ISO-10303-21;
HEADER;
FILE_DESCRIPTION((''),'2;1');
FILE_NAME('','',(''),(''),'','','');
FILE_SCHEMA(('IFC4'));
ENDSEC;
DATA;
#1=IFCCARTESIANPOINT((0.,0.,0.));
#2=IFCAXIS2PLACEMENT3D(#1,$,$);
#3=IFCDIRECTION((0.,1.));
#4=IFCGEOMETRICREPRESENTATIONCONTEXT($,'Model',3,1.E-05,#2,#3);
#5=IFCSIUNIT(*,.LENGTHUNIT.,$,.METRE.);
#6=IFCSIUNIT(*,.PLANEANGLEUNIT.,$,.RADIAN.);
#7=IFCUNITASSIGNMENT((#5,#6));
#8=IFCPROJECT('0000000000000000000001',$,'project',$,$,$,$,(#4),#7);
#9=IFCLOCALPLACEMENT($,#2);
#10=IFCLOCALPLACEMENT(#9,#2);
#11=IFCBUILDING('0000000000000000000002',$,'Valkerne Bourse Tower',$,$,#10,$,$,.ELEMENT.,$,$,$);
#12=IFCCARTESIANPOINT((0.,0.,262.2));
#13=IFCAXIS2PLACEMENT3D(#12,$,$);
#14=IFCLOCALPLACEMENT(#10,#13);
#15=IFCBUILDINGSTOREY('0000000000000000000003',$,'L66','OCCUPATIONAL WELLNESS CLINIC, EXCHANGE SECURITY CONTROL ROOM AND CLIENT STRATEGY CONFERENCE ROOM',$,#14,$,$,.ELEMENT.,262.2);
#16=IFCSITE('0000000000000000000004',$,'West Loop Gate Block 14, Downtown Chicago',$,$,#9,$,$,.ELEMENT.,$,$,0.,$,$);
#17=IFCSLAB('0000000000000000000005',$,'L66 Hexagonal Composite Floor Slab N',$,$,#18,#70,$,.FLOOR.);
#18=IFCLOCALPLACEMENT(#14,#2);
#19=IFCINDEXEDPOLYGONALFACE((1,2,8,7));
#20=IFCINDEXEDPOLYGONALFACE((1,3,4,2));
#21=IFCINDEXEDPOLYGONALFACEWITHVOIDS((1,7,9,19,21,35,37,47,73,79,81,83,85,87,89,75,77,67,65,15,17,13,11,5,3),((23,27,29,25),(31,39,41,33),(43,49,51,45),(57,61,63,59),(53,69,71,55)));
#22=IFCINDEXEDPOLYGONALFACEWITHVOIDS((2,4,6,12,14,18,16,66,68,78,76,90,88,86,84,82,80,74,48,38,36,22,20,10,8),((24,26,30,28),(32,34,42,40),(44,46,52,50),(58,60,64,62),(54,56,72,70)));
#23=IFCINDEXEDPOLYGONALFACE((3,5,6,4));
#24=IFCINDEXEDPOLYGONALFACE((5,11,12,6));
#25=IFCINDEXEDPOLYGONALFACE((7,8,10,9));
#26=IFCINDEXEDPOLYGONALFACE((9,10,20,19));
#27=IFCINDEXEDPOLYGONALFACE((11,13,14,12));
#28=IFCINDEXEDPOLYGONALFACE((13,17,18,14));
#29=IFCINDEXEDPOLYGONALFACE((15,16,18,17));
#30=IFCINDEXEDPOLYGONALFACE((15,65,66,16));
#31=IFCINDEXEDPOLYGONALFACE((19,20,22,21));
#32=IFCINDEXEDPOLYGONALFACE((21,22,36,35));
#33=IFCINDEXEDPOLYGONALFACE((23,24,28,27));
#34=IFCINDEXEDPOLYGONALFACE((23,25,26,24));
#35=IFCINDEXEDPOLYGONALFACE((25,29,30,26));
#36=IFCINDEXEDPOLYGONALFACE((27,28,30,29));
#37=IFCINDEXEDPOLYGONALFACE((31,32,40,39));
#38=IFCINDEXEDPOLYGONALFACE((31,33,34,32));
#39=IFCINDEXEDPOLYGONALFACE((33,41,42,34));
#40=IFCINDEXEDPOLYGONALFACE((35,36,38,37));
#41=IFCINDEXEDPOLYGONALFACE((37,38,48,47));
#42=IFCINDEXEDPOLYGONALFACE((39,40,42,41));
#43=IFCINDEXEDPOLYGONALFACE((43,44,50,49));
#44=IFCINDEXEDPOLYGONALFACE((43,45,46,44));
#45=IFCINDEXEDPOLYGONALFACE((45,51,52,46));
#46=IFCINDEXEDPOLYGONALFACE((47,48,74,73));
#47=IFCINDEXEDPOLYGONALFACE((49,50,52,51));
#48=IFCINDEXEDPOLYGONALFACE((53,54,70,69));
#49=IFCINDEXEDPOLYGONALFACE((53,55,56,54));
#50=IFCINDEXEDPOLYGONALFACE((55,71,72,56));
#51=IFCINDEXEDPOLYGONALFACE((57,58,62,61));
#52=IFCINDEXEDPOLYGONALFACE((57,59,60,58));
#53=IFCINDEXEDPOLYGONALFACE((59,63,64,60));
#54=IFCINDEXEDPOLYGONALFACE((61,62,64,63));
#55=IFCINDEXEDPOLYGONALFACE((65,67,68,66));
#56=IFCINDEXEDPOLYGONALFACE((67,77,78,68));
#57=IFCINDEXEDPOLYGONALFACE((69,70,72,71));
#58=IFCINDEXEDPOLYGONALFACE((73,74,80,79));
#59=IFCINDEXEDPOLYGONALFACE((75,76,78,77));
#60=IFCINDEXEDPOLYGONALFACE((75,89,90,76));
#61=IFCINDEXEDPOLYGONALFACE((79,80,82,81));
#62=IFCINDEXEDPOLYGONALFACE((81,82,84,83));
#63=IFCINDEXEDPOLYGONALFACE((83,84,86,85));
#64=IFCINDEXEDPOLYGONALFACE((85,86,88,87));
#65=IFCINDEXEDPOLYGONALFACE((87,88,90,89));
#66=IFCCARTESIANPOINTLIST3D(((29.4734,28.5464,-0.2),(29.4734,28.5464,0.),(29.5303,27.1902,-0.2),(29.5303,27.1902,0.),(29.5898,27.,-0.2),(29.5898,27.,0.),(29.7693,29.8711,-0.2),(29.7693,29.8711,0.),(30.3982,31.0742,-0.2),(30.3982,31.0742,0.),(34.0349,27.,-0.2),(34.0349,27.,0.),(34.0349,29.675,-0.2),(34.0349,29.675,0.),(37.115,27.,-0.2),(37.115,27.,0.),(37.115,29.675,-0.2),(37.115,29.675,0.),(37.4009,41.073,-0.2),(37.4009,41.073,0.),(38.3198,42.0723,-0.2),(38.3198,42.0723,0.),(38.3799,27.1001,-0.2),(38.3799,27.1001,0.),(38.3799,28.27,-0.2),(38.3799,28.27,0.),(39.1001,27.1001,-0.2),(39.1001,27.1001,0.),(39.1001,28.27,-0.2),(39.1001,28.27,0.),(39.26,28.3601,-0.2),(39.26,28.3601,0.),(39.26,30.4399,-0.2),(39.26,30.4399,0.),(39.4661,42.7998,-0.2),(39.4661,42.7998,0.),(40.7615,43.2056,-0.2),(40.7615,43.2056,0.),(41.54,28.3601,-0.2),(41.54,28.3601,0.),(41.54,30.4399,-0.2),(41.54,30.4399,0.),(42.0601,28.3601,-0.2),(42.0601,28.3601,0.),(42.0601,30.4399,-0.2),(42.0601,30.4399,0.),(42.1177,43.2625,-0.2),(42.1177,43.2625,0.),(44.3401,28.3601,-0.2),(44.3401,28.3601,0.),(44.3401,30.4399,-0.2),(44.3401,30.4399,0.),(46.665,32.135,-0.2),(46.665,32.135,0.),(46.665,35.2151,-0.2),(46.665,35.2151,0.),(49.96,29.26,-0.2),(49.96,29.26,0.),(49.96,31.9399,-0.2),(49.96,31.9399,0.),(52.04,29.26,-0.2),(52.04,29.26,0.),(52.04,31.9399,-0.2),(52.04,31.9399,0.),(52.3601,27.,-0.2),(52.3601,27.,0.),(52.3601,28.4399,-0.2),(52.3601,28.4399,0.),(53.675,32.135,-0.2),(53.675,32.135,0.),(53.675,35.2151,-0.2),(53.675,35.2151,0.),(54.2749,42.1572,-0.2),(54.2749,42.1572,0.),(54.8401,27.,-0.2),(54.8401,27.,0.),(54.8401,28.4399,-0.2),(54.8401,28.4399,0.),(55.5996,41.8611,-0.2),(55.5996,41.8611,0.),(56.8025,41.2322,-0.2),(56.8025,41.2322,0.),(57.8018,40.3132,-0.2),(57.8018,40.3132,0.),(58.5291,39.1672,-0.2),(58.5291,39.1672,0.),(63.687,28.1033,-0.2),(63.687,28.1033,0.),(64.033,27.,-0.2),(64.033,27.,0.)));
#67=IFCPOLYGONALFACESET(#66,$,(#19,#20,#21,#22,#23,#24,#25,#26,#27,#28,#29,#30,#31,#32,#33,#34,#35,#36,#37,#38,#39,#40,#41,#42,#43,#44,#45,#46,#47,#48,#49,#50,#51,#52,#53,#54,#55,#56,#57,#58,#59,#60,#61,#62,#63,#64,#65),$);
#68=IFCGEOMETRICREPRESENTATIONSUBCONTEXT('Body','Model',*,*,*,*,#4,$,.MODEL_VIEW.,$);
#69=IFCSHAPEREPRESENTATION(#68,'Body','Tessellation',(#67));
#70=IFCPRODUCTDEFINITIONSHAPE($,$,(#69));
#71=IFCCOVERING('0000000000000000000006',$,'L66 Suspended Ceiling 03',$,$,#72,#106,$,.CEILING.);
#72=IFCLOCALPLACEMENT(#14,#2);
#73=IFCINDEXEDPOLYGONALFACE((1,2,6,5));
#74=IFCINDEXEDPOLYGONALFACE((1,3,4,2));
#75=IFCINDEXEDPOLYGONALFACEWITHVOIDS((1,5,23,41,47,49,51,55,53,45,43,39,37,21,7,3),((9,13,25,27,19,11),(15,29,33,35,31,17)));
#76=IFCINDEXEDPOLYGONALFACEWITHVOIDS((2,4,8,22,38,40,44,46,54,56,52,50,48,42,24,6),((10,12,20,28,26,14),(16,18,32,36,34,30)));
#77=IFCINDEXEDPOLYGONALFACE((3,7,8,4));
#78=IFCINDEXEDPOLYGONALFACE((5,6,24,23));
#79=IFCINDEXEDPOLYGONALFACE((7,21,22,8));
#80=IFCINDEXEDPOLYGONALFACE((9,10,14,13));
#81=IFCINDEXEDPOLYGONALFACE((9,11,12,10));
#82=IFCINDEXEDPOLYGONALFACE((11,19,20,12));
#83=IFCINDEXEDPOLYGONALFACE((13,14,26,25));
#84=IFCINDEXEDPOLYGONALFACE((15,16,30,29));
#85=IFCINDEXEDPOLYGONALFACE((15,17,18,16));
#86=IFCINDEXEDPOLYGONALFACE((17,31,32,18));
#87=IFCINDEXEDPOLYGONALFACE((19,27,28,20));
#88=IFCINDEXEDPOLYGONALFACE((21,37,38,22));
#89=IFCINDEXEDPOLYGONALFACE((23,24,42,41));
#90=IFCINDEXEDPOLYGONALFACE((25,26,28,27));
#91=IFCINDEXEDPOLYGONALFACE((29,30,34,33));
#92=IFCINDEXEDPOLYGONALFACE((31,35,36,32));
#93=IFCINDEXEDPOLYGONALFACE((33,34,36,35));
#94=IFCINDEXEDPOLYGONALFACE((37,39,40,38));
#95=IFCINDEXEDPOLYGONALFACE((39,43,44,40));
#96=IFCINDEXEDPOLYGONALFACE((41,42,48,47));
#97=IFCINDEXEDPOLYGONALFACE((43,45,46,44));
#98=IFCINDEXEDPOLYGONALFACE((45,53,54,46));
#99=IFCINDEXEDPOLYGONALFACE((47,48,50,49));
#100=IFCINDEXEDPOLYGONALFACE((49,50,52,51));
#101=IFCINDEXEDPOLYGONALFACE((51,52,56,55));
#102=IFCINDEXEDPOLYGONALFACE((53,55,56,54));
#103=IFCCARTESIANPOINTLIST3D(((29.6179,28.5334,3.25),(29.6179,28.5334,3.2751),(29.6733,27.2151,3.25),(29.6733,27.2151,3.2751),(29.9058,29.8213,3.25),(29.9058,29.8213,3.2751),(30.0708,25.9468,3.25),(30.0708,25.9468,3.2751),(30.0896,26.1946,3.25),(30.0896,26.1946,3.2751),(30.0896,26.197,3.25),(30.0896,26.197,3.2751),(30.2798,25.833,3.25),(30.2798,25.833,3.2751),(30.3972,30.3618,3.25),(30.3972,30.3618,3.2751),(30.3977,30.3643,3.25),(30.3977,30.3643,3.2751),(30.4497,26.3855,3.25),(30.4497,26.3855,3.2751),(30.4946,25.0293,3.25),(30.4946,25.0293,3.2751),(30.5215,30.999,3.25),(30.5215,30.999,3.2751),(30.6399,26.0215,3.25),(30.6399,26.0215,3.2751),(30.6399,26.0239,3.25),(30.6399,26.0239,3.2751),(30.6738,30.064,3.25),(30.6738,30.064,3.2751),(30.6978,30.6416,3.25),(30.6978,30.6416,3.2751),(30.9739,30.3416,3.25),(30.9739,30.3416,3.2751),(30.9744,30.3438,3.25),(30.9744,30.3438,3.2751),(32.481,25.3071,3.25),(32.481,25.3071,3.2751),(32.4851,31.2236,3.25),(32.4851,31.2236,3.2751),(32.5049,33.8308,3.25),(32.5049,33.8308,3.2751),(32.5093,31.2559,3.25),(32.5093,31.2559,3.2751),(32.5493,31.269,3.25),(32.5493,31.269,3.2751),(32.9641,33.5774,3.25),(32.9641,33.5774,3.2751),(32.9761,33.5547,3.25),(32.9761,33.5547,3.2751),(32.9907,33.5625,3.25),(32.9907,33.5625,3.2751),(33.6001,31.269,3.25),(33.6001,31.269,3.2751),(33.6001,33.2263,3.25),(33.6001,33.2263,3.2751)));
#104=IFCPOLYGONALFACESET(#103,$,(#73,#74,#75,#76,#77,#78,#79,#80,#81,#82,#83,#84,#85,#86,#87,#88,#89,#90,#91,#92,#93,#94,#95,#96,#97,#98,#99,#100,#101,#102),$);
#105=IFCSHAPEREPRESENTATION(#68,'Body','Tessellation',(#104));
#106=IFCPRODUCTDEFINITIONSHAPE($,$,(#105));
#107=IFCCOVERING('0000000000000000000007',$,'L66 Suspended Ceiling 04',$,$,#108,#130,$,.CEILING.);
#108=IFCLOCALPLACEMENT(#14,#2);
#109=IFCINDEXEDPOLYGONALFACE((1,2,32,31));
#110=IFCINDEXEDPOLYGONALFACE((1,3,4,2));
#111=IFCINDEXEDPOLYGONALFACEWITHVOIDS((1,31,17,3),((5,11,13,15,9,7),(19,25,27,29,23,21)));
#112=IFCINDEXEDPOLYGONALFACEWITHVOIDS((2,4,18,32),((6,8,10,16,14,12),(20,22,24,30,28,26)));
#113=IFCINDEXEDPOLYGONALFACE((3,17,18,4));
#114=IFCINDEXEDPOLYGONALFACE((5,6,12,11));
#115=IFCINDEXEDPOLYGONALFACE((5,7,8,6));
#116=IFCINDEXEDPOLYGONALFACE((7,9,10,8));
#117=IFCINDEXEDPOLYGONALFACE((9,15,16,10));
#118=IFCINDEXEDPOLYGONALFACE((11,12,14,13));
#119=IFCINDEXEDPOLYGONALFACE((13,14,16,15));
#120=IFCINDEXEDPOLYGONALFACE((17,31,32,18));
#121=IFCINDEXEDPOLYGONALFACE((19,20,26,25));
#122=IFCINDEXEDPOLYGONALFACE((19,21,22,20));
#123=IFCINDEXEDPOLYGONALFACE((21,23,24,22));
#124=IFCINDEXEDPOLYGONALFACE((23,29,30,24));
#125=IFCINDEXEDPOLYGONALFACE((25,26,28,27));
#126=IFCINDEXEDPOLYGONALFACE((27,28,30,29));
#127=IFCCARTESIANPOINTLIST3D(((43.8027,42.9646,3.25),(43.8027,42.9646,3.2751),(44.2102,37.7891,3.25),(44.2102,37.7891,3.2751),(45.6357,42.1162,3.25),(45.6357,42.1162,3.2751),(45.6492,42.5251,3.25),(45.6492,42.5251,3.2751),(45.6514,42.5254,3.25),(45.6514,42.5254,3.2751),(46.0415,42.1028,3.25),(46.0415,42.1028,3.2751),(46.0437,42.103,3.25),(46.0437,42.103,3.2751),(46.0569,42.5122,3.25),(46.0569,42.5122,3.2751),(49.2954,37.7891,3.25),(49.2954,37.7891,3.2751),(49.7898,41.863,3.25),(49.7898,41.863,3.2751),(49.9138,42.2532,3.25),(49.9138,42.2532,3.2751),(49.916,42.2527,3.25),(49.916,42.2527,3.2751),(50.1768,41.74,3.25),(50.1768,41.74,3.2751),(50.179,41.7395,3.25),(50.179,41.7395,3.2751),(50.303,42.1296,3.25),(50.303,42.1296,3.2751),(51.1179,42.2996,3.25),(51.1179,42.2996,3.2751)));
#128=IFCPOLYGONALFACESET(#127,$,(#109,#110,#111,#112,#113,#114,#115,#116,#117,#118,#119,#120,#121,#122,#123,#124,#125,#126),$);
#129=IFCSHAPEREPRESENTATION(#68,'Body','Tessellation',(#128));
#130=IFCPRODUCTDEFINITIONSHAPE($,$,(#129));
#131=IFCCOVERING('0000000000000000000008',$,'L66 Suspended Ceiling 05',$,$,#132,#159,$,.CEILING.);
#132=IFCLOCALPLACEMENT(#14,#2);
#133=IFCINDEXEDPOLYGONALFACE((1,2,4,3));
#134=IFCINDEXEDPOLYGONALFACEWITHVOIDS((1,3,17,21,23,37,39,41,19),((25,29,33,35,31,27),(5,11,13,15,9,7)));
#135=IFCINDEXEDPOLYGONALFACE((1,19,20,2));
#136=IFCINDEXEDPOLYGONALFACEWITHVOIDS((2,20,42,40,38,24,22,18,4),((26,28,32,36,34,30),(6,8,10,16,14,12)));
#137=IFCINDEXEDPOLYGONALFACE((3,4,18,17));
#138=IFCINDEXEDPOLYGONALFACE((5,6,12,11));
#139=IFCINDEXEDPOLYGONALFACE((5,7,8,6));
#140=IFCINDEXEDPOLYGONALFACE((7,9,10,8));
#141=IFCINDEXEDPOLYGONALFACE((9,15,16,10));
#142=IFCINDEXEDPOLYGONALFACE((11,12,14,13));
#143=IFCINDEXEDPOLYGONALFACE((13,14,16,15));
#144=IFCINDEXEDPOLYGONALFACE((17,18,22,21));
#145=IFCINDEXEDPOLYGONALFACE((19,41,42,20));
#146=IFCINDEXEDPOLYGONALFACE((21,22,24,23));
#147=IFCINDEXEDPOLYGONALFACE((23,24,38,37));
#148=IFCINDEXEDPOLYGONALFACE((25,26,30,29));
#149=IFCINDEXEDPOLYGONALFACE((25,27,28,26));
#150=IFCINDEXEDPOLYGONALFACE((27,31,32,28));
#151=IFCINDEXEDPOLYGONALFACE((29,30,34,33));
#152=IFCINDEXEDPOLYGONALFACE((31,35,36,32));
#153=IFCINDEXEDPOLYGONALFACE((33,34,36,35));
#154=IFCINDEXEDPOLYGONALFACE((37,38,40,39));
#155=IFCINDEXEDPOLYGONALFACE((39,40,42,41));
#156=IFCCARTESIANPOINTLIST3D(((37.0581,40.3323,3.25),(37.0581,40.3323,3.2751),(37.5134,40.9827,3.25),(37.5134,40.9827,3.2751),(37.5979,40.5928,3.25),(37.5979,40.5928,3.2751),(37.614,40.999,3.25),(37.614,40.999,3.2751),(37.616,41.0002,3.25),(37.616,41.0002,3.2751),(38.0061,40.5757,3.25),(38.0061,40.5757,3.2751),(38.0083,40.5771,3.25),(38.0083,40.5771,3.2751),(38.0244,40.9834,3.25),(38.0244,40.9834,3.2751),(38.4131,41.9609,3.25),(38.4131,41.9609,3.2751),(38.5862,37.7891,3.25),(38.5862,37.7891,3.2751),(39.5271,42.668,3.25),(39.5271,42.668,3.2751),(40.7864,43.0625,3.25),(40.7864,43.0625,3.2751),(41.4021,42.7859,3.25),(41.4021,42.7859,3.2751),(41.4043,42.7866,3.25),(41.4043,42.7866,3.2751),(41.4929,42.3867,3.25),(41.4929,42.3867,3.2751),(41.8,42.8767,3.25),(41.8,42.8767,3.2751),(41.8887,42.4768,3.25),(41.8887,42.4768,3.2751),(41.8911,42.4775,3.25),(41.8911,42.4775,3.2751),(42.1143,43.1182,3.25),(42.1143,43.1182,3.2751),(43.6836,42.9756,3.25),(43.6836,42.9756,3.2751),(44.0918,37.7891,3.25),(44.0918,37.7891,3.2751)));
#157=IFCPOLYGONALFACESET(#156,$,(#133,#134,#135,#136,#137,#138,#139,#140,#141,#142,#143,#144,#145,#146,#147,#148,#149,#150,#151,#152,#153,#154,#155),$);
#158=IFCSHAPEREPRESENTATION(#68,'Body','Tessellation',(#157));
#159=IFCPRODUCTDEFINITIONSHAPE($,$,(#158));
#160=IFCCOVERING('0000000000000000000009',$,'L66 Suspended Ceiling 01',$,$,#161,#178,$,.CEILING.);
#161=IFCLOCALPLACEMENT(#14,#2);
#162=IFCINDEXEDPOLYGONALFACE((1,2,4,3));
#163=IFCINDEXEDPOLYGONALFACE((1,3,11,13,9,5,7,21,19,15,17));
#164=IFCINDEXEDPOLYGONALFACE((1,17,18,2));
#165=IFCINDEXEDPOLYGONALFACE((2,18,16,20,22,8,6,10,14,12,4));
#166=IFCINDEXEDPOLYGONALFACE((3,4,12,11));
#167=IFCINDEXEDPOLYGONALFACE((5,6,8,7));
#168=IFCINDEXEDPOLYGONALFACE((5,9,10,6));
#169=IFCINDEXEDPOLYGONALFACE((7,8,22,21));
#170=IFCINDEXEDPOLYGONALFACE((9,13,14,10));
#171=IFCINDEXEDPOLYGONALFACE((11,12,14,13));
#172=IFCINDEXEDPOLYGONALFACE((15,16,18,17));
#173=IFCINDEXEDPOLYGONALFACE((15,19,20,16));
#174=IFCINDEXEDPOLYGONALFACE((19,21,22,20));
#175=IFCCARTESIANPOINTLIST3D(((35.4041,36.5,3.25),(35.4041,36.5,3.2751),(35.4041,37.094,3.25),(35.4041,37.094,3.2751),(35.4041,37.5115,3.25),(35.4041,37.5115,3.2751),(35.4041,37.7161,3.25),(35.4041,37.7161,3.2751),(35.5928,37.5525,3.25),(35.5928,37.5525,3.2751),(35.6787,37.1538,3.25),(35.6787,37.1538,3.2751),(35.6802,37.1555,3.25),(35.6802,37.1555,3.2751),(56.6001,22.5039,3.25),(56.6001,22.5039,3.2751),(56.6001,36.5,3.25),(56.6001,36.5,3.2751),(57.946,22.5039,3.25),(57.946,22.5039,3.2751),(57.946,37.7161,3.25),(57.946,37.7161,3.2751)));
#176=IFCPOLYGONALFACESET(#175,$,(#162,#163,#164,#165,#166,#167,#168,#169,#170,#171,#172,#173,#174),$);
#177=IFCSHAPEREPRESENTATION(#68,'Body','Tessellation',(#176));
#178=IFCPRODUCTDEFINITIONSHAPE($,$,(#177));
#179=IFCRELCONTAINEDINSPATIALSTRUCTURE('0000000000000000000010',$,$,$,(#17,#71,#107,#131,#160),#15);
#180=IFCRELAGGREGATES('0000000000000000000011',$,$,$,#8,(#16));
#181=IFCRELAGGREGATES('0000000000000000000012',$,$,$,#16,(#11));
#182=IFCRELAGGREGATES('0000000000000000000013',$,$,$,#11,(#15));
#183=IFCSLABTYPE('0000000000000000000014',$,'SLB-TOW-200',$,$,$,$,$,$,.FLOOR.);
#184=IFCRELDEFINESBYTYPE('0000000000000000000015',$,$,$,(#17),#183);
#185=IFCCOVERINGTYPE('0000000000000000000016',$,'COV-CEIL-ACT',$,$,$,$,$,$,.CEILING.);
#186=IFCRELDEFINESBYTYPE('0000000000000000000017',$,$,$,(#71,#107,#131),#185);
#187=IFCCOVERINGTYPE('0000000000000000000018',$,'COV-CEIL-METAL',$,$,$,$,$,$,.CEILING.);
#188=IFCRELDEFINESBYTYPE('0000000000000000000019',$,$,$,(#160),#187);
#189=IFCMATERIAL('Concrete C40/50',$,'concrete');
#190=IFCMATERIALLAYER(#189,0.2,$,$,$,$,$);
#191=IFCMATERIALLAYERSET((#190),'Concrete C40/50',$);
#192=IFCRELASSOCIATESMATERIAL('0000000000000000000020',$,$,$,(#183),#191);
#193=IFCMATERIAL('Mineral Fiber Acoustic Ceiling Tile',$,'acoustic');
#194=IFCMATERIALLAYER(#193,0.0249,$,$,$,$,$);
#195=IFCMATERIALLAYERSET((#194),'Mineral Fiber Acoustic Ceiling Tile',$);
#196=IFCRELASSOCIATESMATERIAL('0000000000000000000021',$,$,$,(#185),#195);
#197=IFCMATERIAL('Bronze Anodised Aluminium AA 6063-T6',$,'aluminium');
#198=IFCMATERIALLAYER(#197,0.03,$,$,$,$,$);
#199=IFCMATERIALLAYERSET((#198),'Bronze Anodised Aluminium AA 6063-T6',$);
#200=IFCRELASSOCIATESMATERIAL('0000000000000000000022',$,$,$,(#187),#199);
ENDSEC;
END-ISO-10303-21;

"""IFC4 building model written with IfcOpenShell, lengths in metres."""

from ifc_helpers import new_model, si_unit, direction, frame, origin, place, context, subcontext, project, spatial, polyline, outline, extrude, material, layer, layer_set, type_object, element, save


model = new_model("IFC4")

# Units and contexts
model_context = context("Model", 3, precision=1e-05, world=origin(), true_north=direction((0.0, 1.0)))
body_context = subcontext(model_context, "Body", "Model", "MODEL_VIEW")
ifc_project = project(units=[si_unit("LENGTHUNIT", "METRE"), si_unit("PLANEANGLEUNIT", "RADIAN")], contexts=[model_context])

# Site, building, storey
site_placement = place(None, origin())
site = spatial("IfcSite", under=ifc_project, at=site_placement, Name="West Loop Gate Block 14, Downtown Chicago", CompositionType="ELEMENT", RefElevation=0.0)
building_placement = place(site_placement, origin())
building = spatial("IfcBuilding", under=site, at=building_placement, Name="Valkerne Bourse Tower", CompositionType="ELEMENT")
storey_placement = place(building_placement, frame((0.0, 0.0, 262.2)))
storey = spatial("IfcBuildingStorey", under=building, at=storey_placement, Name="L66", Description="OCCUPATIONAL WELLNESS CLINIC, EXCHANGE SECURITY CONTROL ROOM AND CLIENT STRATEGY CONFERENCE ROOM", CompositionType="ELEMENT", Elevation=262.2)

# Shared definitions
ifc_material_1 = material(Name="Concrete C40/50", Category="concrete")

# Slab
ifc_layer_1 = layer(ifc_material_1, 0.2)
ifc_layer_set_1 = layer_set([ifc_layer_1], Name="Concrete C40/50")
slab_type_1 = type_object("IfcSlabType", Name="SLB-TOW-200", PredefinedType="FLOOR", material=ifc_layer_set_1)
slab_1_placement = place(storey_placement, frame((0.0, 0.0, -0.2)))
element("IfcSlab", 1, at=slab_1_placement, inside=storey, type_object=slab_type_1, Name="L66 Hexagonal Composite Floor Slab N", PredefinedType="FLOOR", context=body_context, shape_type="SweptSolid", body=[
    extrude(outline(polyline([(64.033, 27.0), (54.8401, 27.0), (54.8401, 28.4399), (52.3601, 28.4399), (52.3601, 27.0), (37.115, 27.0), (37.115, 29.675), (34.0349, 29.675), (34.0349, 27.0), (29.5898, 27.0), (29.5303, 27.1902), (29.4734, 28.5464), (29.7693, 29.8711), (30.3982, 31.0742), (37.4009, 41.073), (38.3198, 42.0723), (39.4661, 42.7998), (40.7615, 43.2056), (42.1177, 43.2625), (54.2749, 42.1572), (55.5996, 41.8611), (56.8025, 41.2322), (57.8018, 40.3132), (58.5291, 39.1672), (63.687, 28.1033), (64.033, 27.0)]), holes=[polyline([(39.1001, 28.27), (38.3799, 28.27), (38.3799, 27.1001), (39.1001, 27.1001), (39.1001, 28.27)]), polyline([(41.54, 30.4399), (39.26, 30.4399), (39.26, 28.3601), (41.54, 28.3601), (41.54, 30.4399)]), polyline([(42.0601, 30.4399), (42.0601, 28.3601), (44.3401, 28.3601), (44.3401, 30.4399), (42.0601, 30.4399)]), polyline([(52.04, 31.9399), (49.96, 31.9399), (49.96, 29.26), (52.04, 29.26), (52.04, 31.9399)]), polyline([(53.675, 35.2151), (46.665, 35.2151), (46.665, 32.135), (53.675, 32.135), (53.675, 35.2151)])]), origin(), (0.0, 0.0, 1.0), 0.2),
])

# Coverings
ifc_material_2 = material(Name="Mineral Fiber Acoustic Ceiling Tile", Category="acoustic")
ifc_layer_2 = layer(ifc_material_2, 0.0249)
ifc_layer_set_2 = layer_set([ifc_layer_2], Name="Mineral Fiber Acoustic Ceiling Tile")
covering_type_1 = type_object("IfcCoveringType", Name="COV-CEIL-ACT", PredefinedType="CEILING", material=ifc_layer_set_2)
covering_1_placement = place(storey_placement, frame((0.0, 0.0, 3.25)))
element("IfcCovering", 2, at=covering_1_placement, inside=storey, type_object=covering_type_1, Name="L66 Suspended Ceiling 03", PredefinedType="CEILING", context=body_context, shape_type="SweptSolid", body=[
    extrude(outline(polyline([(29.6179, 28.5334), (29.9058, 29.8213), (30.5215, 30.999), (32.5049, 33.8308), (32.9641, 33.5774), (32.9761, 33.5547), (32.9907, 33.5625), (33.6001, 33.2263), (33.6001, 31.269), (32.5493, 31.269), (32.5093, 31.2559), (32.4851, 31.2236), (32.481, 25.3071), (30.4946, 25.0293), (30.0708, 25.9468), (29.6733, 27.2151), (29.6179, 28.5334)]), holes=[polyline([(30.6399, 26.0239), (30.4497, 26.3855), (30.0896, 26.197), (30.0896, 26.1946), (30.2798, 25.833), (30.6399, 26.0215), (30.6399, 26.0239)]), polyline([(30.9744, 30.3438), (30.6978, 30.6416), (30.3977, 30.3643), (30.3972, 30.3618), (30.6738, 30.064), (30.9739, 30.3416), (30.9744, 30.3438)])]), origin(), (0.0, 0.0, 1.0), 0.0251),
])
covering_2_placement = place(storey_placement, frame((0.0, 0.0, 3.25)))
element("IfcCovering", 3, at=covering_2_placement, inside=storey, type_object=covering_type_1, Name="L66 Suspended Ceiling 04", PredefinedType="CEILING", context=body_context, shape_type="SweptSolid", body=[
    extrude(outline(polyline([(44.2102, 37.7891), (43.8027, 42.9646), (51.1179, 42.2996), (49.2954, 37.7891), (44.2102, 37.7891)]), holes=[polyline([(46.0437, 42.103), (46.0569, 42.5122), (45.6514, 42.5254), (45.6492, 42.5251), (45.6357, 42.1162), (46.0415, 42.1028), (46.0437, 42.103)]), polyline([(50.303, 42.1296), (49.916, 42.2527), (49.9138, 42.2532), (49.7898, 41.863), (50.1768, 41.74), (50.179, 41.7395), (50.303, 42.1296)])]), origin(), (0.0, 0.0, 1.0), 0.0251),
])
covering_3_placement = place(storey_placement, frame((0.0, 0.0, 3.25)))
element("IfcCovering", 4, at=covering_3_placement, inside=storey, type_object=covering_type_1, Name="L66 Suspended Ceiling 05", PredefinedType="CEILING", context=body_context, shape_type="SweptSolid", body=[
    extrude(outline(polyline([(39.5271, 42.668), (40.7864, 43.0625), (42.1143, 43.1182), (43.6836, 42.9756), (44.0918, 37.7891), (38.5862, 37.7891), (37.0581, 40.3323), (37.5134, 40.9827), (38.4131, 41.9609), (39.5271, 42.668)]), holes=[polyline([(38.0083, 40.5771), (38.0244, 40.9834), (37.616, 41.0002), (37.614, 40.999), (37.5979, 40.5928), (38.0061, 40.5757), (38.0083, 40.5771)]), polyline([(41.8911, 42.4775), (41.8, 42.8767), (41.4043, 42.7866), (41.4021, 42.7859), (41.4929, 42.3867), (41.8887, 42.4768), (41.8911, 42.4775)])]), origin(), (0.0, 0.0, 1.0), 0.0251),
])
ifc_material_3 = material(Name="Bronze Anodised Aluminium AA 6063-T6", Category="aluminium")
ifc_layer_3 = layer(ifc_material_3, 0.03)
ifc_layer_set_3 = layer_set([ifc_layer_3], Name="Bronze Anodised Aluminium AA 6063-T6")
covering_type_2 = type_object("IfcCoveringType", Name="COV-CEIL-METAL", PredefinedType="CEILING", material=ifc_layer_set_3)
covering_4_placement = place(storey_placement, frame((0.0, 0.0, 3.25)))
element("IfcCovering", 5, at=covering_4_placement, inside=storey, type_object=covering_type_2, Name="L66 Suspended Ceiling 01", PredefinedType="CEILING", context=body_context, shape_type="SweptSolid", body=[
    extrude(outline(polyline([(35.4041, 37.094), (35.6787, 37.1538), (35.6802, 37.1555), (35.5928, 37.5525), (35.4041, 37.5115), (35.4041, 37.7161), (57.946, 37.7161), (57.946, 22.5039), (56.6001, 22.5039), (56.6001, 36.5), (35.4041, 36.5), (35.4041, 37.094)])), origin(), (0.0, 0.0, 1.0), 0.0251),
])

save(model, "model.ifc")
